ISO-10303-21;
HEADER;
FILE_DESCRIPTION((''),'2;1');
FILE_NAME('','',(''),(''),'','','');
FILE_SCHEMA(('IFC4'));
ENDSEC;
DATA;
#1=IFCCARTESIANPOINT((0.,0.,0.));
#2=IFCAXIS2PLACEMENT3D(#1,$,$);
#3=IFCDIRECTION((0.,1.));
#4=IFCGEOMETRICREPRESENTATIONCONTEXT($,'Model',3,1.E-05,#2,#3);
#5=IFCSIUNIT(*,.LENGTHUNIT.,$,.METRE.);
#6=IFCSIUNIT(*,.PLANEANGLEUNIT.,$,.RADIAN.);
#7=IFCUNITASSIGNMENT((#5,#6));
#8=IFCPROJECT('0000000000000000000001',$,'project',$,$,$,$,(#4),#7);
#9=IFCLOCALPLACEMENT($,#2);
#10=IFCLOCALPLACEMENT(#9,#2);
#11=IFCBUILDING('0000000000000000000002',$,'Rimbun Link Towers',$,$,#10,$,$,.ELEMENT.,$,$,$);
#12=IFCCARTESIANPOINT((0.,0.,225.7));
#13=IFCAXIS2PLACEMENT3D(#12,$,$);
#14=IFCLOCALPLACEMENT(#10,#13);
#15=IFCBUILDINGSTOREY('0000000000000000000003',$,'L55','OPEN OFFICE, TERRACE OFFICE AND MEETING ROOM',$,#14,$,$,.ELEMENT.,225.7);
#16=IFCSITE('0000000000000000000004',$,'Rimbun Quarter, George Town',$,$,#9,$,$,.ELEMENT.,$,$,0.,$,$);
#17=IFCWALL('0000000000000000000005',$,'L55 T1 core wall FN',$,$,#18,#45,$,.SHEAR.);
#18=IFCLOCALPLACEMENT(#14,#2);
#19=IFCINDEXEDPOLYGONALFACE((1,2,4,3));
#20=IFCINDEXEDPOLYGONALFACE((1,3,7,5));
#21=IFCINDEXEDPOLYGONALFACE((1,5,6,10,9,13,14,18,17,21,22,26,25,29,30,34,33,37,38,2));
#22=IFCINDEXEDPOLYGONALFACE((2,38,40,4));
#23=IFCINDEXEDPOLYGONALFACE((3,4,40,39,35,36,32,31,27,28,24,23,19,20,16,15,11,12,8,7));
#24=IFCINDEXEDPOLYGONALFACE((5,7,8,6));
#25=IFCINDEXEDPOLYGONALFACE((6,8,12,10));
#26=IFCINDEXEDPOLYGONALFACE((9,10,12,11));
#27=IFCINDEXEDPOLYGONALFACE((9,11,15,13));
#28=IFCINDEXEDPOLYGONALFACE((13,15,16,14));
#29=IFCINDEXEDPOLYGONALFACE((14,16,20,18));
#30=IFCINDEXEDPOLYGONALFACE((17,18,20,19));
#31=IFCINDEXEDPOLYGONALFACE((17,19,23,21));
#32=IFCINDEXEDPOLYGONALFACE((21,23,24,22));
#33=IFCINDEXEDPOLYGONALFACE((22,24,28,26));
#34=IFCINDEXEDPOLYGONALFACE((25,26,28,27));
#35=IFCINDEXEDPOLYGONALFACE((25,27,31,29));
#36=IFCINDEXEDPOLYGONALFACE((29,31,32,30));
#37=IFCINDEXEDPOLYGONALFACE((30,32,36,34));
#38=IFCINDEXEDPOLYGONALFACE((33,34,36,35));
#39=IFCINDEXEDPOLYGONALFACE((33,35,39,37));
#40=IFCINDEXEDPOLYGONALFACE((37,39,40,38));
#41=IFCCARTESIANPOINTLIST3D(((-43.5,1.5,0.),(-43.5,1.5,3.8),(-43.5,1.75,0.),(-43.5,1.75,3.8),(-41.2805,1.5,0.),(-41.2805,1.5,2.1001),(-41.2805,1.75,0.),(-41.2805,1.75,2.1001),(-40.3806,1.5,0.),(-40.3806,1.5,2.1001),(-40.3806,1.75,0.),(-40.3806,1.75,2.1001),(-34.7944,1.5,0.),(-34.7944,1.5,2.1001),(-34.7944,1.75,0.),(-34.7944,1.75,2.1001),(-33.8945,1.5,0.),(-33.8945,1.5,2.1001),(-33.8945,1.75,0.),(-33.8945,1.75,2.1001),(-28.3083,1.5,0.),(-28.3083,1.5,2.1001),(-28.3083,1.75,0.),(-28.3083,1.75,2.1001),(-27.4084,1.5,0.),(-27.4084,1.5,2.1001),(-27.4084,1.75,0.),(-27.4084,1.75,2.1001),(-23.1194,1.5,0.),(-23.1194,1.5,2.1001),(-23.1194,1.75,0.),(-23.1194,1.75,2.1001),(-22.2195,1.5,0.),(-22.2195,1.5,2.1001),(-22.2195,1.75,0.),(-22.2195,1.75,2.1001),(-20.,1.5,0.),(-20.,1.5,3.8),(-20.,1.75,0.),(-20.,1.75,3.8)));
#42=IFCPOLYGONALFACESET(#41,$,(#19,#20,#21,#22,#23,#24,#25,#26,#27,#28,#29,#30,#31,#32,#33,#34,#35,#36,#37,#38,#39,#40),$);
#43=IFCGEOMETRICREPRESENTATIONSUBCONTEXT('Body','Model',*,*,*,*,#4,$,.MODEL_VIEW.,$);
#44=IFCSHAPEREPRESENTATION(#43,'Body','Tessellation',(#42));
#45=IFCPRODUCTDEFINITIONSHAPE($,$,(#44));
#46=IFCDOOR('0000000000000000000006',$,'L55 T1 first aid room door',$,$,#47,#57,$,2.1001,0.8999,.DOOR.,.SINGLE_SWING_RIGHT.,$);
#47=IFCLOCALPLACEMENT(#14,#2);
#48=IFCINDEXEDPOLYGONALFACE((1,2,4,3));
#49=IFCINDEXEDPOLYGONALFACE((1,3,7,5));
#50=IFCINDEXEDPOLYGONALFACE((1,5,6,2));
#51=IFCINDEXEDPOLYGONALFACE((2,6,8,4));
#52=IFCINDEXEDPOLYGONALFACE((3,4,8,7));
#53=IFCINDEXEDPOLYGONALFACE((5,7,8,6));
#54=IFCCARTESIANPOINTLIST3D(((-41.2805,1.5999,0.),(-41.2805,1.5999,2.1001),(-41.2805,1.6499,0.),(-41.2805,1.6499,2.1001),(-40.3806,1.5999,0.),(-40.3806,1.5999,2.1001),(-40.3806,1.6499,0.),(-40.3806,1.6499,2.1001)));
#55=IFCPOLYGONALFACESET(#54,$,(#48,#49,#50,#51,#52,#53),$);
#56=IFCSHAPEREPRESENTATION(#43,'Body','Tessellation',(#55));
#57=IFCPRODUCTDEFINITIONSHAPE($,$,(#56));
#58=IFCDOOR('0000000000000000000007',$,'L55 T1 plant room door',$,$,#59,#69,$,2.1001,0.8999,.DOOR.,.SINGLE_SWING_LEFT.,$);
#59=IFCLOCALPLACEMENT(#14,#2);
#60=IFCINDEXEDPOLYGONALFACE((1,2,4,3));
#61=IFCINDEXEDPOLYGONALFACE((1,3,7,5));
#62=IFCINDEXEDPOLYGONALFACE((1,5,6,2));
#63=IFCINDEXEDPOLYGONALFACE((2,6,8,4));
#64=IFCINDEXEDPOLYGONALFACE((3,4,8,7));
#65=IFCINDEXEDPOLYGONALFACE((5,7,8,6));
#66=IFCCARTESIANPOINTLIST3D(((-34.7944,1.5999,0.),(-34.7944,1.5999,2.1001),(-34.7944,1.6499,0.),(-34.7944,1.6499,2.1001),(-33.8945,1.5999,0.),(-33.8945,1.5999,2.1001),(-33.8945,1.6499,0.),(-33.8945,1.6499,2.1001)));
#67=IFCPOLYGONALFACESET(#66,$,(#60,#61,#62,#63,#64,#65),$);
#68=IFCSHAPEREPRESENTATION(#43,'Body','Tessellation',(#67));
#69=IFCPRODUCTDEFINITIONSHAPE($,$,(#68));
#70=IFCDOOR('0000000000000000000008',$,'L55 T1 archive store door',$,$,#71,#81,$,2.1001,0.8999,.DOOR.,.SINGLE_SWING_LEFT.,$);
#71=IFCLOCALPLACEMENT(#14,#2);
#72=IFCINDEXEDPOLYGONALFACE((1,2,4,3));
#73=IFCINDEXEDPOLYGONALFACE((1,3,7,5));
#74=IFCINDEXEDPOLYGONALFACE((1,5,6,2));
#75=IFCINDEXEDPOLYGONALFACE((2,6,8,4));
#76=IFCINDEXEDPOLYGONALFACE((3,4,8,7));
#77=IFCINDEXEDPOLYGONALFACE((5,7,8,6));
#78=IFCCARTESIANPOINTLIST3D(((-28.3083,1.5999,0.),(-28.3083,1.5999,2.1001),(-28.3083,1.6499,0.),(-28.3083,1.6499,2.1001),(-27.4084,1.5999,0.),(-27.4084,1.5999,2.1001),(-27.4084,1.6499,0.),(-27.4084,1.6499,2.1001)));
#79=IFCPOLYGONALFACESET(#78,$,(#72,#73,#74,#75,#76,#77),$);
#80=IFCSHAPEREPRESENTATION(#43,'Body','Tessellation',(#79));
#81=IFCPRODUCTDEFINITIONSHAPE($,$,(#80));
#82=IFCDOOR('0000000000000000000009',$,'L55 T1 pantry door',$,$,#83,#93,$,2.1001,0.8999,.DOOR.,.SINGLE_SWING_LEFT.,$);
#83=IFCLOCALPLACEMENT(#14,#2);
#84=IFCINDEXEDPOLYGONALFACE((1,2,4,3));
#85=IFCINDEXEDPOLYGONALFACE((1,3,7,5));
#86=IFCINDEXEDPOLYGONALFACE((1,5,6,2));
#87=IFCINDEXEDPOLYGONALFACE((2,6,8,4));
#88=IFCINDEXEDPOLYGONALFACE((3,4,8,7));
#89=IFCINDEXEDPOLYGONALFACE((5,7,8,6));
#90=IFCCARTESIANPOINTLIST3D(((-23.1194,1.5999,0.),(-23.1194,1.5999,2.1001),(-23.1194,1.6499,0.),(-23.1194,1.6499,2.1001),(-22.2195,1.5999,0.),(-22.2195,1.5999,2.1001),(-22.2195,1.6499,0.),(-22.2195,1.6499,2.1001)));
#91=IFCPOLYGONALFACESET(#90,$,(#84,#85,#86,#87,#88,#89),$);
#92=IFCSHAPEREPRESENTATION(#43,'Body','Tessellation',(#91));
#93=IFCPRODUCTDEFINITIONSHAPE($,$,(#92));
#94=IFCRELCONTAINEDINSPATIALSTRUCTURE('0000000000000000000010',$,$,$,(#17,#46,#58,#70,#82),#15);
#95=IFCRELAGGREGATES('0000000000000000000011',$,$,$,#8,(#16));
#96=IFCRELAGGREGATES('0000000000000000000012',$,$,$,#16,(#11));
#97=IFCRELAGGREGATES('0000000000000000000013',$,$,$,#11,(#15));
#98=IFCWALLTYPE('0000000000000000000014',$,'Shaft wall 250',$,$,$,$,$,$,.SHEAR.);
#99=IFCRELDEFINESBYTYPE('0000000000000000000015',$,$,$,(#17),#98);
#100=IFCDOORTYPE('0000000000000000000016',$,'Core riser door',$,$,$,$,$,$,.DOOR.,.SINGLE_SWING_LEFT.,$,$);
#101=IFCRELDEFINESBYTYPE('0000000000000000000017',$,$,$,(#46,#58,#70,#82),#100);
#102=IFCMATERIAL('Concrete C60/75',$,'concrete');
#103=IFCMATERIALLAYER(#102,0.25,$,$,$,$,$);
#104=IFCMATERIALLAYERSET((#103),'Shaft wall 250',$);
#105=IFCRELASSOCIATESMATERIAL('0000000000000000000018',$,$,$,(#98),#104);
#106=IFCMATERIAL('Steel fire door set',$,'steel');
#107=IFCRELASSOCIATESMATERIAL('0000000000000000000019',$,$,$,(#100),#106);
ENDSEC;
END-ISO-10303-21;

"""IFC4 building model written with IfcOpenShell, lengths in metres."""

from ifc_helpers import new_model, si_unit, direction, frame, frame_2d, origin, place, context, subcontext, project, spatial, rectangle, extrude, material, layer, layer_set, type_object, element, fill, save


model = new_model("IFC4")

# Units and contexts
model_context = context("Model", 3, precision=1e-05, world=origin(), true_north=direction((0.0, 1.0)))
body_context = subcontext(model_context, "Body", "Model", "MODEL_VIEW")
ifc_project = project(units=[si_unit("LENGTHUNIT", "METRE"), si_unit("PLANEANGLEUNIT", "RADIAN")], contexts=[model_context])

# Site, building, storey
site_placement = place(None, origin())
site = spatial("IfcSite", under=ifc_project, at=site_placement, Name="Rimbun Quarter, George Town", CompositionType="ELEMENT", RefElevation=0.0)
building_placement = place(site_placement, origin())
building = spatial("IfcBuilding", under=site, at=building_placement, Name="Rimbun Link Towers", CompositionType="ELEMENT")
storey_placement = place(building_placement, frame((0.0, 0.0, 225.7)))
storey = spatial("IfcBuildingStorey", under=building, at=storey_placement, Name="L55", Description="OPEN OFFICE, TERRACE OFFICE AND MEETING ROOM", CompositionType="ELEMENT", Elevation=225.7)

# Shared definitions
ifc_material_1 = material(Name="Concrete C60/75", Category="concrete")
ifc_layer_1 = layer(ifc_material_1, 0.25)
ifc_layer_set_1 = layer_set([ifc_layer_1], Name="Shaft wall 250")
wall_type_1 = type_object("IfcWallType", Name="Shaft wall 250", PredefinedType="SHEAR", material=ifc_layer_set_1)

# Wall, openings, doors
wall_1_placement = place(storey_placement, frame((-43.5, 1.625, 0.0), z_axis=(0.0, 0.0, 1.0), x_axis=(1.0, 0.0, 0.0)))
wall_1 = element("IfcWall", 1, at=wall_1_placement, inside=storey, type_object=wall_type_1, Name="L55 T1 core wall FN", PredefinedType="SHEAR", context=body_context, shape_type="SweptSolid", body=[
    extrude(rectangle(XDim=23.5, YDim=0.25, at=frame_2d((11.75, 0.0))), origin(), (0.0, 0.0, 1.0), 3.8),
])
opening_1_placement = place(wall_1_placement, frame((2.2195, 0.0, 0.0)))
opening_1 = element("IfcOpeningElement", 2, at=opening_1_placement, cuts=wall_1, PredefinedType="OPENING", context=body_context, shape_type="SweptSolid", body=[
    extrude(rectangle(XDim=0.8999, YDim=2.1001, at=frame_2d((0.45, 1.05))), frame((0.0, 0.135, 0.0), z_axis=(0.0, -1.0, 0.0), x_axis=(1.0, 0.0, 0.0)), (0.0, 0.0, 1.0), 0.27),
])
opening_2_placement = place(wall_1_placement, frame((8.7056, 0.0, 0.0)))
opening_2 = element("IfcOpeningElement", 3, at=opening_2_placement, cuts=wall_1, PredefinedType="OPENING", context=body_context, shape_type="SweptSolid", body=[
    extrude(rectangle(XDim=0.8999, YDim=2.1001, at=frame_2d((0.45, 1.05))), frame((0.0, 0.135, 0.0), z_axis=(0.0, -1.0, 0.0), x_axis=(1.0, 0.0, 0.0)), (0.0, 0.0, 1.0), 0.27),
])
opening_3_placement = place(wall_1_placement, frame((15.1917, 0.0, 0.0)))
opening_3 = element("IfcOpeningElement", 4, at=opening_3_placement, cuts=wall_1, PredefinedType="OPENING", context=body_context, shape_type="SweptSolid", body=[
    extrude(rectangle(XDim=0.8999, YDim=2.1001, at=frame_2d((0.45, 1.05))), frame((0.0, 0.135, 0.0), z_axis=(0.0, -1.0, 0.0), x_axis=(1.0, 0.0, 0.0)), (0.0, 0.0, 1.0), 0.27),
])
opening_4_placement = place(wall_1_placement, frame((20.3806, 0.0, 0.0)))
opening_4 = element("IfcOpeningElement", 5, at=opening_4_placement, cuts=wall_1, PredefinedType="OPENING", context=body_context, shape_type="SweptSolid", body=[
    extrude(rectangle(XDim=0.8999, YDim=2.1001, at=frame_2d((0.45, 1.05))), frame((0.0, 0.135, 0.0), z_axis=(0.0, -1.0, 0.0), x_axis=(1.0, 0.0, 0.0)), (0.0, 0.0, 1.0), 0.27),
])
ifc_material_2 = material(Name="Steel fire door set", Category="steel")
door_type_1 = type_object("IfcDoorType", Name="Core riser door", OperationType="SINGLE_SWING_LEFT", PredefinedType="DOOR", material=ifc_material_2)
door_1_placement = place(opening_1_placement, origin())
door_1 = element("IfcDoor", 6, at=door_1_placement, inside=storey, type_object=door_type_1, Name="L55 T1 first aid room door", OperationType="SINGLE_SWING_RIGHT", OverallHeight=2.1001, OverallWidth=0.8999, PredefinedType="DOOR", context=body_context, shape_type="SweptSolid", body=[
    extrude(rectangle(XDim=0.8999, YDim=2.1001, at=frame_2d((0.45, 1.05))), frame((0.0, 0.0249, 0.0), z_axis=(0.0, -1.0, 0.0), x_axis=(1.0, 0.0, 0.0)), (0.0, 0.0, 1.0), 0.05),
])
fill(opening_1, door_1)
door_2_placement = place(opening_2_placement, origin())
door_2 = element("IfcDoor", 7, at=door_2_placement, inside=storey, type_object=door_type_1, Name="L55 T1 plant room door", OperationType="SINGLE_SWING_LEFT", OverallHeight=2.1001, OverallWidth=0.8999, PredefinedType="DOOR", context=body_context, shape_type="SweptSolid", body=[
    extrude(rectangle(XDim=0.8999, YDim=2.1001, at=frame_2d((0.45, 1.05))), frame((0.0, 0.0249, 0.0), z_axis=(0.0, -1.0, 0.0), x_axis=(1.0, 0.0, 0.0)), (0.0, 0.0, 1.0), 0.05),
])
fill(opening_2, door_2)
door_3_placement = place(opening_3_placement, origin())
door_3 = element("IfcDoor", 8, at=door_3_placement, inside=storey, type_object=door_type_1, Name="L55 T1 archive store door", OperationType="SINGLE_SWING_LEFT", OverallHeight=2.1001, OverallWidth=0.8999, PredefinedType="DOOR", context=body_context, shape_type="SweptSolid", body=[
    extrude(rectangle(XDim=0.8999, YDim=2.1001, at=frame_2d((0.45, 1.05))), frame((0.0, 0.0249, 0.0), z_axis=(0.0, -1.0, 0.0), x_axis=(1.0, 0.0, 0.0)), (0.0, 0.0, 1.0), 0.05),
])
fill(opening_3, door_3)
door_4_placement = place(opening_4_placement, origin())
door_4 = element("IfcDoor", 9, at=door_4_placement, inside=storey, type_object=door_type_1, Name="L55 T1 pantry door", OperationType="SINGLE_SWING_LEFT", OverallHeight=2.1001, OverallWidth=0.8999, PredefinedType="DOOR", context=body_context, shape_type="SweptSolid", body=[
    extrude(rectangle(XDim=0.8999, YDim=2.1001, at=frame_2d((0.45, 1.05))), frame((0.0, 0.0249, 0.0), z_axis=(0.0, -1.0, 0.0), x_axis=(1.0, 0.0, 0.0)), (0.0, 0.0, 1.0), 0.05),
])
fill(opening_4, door_4)

save(model, "model.ifc")
